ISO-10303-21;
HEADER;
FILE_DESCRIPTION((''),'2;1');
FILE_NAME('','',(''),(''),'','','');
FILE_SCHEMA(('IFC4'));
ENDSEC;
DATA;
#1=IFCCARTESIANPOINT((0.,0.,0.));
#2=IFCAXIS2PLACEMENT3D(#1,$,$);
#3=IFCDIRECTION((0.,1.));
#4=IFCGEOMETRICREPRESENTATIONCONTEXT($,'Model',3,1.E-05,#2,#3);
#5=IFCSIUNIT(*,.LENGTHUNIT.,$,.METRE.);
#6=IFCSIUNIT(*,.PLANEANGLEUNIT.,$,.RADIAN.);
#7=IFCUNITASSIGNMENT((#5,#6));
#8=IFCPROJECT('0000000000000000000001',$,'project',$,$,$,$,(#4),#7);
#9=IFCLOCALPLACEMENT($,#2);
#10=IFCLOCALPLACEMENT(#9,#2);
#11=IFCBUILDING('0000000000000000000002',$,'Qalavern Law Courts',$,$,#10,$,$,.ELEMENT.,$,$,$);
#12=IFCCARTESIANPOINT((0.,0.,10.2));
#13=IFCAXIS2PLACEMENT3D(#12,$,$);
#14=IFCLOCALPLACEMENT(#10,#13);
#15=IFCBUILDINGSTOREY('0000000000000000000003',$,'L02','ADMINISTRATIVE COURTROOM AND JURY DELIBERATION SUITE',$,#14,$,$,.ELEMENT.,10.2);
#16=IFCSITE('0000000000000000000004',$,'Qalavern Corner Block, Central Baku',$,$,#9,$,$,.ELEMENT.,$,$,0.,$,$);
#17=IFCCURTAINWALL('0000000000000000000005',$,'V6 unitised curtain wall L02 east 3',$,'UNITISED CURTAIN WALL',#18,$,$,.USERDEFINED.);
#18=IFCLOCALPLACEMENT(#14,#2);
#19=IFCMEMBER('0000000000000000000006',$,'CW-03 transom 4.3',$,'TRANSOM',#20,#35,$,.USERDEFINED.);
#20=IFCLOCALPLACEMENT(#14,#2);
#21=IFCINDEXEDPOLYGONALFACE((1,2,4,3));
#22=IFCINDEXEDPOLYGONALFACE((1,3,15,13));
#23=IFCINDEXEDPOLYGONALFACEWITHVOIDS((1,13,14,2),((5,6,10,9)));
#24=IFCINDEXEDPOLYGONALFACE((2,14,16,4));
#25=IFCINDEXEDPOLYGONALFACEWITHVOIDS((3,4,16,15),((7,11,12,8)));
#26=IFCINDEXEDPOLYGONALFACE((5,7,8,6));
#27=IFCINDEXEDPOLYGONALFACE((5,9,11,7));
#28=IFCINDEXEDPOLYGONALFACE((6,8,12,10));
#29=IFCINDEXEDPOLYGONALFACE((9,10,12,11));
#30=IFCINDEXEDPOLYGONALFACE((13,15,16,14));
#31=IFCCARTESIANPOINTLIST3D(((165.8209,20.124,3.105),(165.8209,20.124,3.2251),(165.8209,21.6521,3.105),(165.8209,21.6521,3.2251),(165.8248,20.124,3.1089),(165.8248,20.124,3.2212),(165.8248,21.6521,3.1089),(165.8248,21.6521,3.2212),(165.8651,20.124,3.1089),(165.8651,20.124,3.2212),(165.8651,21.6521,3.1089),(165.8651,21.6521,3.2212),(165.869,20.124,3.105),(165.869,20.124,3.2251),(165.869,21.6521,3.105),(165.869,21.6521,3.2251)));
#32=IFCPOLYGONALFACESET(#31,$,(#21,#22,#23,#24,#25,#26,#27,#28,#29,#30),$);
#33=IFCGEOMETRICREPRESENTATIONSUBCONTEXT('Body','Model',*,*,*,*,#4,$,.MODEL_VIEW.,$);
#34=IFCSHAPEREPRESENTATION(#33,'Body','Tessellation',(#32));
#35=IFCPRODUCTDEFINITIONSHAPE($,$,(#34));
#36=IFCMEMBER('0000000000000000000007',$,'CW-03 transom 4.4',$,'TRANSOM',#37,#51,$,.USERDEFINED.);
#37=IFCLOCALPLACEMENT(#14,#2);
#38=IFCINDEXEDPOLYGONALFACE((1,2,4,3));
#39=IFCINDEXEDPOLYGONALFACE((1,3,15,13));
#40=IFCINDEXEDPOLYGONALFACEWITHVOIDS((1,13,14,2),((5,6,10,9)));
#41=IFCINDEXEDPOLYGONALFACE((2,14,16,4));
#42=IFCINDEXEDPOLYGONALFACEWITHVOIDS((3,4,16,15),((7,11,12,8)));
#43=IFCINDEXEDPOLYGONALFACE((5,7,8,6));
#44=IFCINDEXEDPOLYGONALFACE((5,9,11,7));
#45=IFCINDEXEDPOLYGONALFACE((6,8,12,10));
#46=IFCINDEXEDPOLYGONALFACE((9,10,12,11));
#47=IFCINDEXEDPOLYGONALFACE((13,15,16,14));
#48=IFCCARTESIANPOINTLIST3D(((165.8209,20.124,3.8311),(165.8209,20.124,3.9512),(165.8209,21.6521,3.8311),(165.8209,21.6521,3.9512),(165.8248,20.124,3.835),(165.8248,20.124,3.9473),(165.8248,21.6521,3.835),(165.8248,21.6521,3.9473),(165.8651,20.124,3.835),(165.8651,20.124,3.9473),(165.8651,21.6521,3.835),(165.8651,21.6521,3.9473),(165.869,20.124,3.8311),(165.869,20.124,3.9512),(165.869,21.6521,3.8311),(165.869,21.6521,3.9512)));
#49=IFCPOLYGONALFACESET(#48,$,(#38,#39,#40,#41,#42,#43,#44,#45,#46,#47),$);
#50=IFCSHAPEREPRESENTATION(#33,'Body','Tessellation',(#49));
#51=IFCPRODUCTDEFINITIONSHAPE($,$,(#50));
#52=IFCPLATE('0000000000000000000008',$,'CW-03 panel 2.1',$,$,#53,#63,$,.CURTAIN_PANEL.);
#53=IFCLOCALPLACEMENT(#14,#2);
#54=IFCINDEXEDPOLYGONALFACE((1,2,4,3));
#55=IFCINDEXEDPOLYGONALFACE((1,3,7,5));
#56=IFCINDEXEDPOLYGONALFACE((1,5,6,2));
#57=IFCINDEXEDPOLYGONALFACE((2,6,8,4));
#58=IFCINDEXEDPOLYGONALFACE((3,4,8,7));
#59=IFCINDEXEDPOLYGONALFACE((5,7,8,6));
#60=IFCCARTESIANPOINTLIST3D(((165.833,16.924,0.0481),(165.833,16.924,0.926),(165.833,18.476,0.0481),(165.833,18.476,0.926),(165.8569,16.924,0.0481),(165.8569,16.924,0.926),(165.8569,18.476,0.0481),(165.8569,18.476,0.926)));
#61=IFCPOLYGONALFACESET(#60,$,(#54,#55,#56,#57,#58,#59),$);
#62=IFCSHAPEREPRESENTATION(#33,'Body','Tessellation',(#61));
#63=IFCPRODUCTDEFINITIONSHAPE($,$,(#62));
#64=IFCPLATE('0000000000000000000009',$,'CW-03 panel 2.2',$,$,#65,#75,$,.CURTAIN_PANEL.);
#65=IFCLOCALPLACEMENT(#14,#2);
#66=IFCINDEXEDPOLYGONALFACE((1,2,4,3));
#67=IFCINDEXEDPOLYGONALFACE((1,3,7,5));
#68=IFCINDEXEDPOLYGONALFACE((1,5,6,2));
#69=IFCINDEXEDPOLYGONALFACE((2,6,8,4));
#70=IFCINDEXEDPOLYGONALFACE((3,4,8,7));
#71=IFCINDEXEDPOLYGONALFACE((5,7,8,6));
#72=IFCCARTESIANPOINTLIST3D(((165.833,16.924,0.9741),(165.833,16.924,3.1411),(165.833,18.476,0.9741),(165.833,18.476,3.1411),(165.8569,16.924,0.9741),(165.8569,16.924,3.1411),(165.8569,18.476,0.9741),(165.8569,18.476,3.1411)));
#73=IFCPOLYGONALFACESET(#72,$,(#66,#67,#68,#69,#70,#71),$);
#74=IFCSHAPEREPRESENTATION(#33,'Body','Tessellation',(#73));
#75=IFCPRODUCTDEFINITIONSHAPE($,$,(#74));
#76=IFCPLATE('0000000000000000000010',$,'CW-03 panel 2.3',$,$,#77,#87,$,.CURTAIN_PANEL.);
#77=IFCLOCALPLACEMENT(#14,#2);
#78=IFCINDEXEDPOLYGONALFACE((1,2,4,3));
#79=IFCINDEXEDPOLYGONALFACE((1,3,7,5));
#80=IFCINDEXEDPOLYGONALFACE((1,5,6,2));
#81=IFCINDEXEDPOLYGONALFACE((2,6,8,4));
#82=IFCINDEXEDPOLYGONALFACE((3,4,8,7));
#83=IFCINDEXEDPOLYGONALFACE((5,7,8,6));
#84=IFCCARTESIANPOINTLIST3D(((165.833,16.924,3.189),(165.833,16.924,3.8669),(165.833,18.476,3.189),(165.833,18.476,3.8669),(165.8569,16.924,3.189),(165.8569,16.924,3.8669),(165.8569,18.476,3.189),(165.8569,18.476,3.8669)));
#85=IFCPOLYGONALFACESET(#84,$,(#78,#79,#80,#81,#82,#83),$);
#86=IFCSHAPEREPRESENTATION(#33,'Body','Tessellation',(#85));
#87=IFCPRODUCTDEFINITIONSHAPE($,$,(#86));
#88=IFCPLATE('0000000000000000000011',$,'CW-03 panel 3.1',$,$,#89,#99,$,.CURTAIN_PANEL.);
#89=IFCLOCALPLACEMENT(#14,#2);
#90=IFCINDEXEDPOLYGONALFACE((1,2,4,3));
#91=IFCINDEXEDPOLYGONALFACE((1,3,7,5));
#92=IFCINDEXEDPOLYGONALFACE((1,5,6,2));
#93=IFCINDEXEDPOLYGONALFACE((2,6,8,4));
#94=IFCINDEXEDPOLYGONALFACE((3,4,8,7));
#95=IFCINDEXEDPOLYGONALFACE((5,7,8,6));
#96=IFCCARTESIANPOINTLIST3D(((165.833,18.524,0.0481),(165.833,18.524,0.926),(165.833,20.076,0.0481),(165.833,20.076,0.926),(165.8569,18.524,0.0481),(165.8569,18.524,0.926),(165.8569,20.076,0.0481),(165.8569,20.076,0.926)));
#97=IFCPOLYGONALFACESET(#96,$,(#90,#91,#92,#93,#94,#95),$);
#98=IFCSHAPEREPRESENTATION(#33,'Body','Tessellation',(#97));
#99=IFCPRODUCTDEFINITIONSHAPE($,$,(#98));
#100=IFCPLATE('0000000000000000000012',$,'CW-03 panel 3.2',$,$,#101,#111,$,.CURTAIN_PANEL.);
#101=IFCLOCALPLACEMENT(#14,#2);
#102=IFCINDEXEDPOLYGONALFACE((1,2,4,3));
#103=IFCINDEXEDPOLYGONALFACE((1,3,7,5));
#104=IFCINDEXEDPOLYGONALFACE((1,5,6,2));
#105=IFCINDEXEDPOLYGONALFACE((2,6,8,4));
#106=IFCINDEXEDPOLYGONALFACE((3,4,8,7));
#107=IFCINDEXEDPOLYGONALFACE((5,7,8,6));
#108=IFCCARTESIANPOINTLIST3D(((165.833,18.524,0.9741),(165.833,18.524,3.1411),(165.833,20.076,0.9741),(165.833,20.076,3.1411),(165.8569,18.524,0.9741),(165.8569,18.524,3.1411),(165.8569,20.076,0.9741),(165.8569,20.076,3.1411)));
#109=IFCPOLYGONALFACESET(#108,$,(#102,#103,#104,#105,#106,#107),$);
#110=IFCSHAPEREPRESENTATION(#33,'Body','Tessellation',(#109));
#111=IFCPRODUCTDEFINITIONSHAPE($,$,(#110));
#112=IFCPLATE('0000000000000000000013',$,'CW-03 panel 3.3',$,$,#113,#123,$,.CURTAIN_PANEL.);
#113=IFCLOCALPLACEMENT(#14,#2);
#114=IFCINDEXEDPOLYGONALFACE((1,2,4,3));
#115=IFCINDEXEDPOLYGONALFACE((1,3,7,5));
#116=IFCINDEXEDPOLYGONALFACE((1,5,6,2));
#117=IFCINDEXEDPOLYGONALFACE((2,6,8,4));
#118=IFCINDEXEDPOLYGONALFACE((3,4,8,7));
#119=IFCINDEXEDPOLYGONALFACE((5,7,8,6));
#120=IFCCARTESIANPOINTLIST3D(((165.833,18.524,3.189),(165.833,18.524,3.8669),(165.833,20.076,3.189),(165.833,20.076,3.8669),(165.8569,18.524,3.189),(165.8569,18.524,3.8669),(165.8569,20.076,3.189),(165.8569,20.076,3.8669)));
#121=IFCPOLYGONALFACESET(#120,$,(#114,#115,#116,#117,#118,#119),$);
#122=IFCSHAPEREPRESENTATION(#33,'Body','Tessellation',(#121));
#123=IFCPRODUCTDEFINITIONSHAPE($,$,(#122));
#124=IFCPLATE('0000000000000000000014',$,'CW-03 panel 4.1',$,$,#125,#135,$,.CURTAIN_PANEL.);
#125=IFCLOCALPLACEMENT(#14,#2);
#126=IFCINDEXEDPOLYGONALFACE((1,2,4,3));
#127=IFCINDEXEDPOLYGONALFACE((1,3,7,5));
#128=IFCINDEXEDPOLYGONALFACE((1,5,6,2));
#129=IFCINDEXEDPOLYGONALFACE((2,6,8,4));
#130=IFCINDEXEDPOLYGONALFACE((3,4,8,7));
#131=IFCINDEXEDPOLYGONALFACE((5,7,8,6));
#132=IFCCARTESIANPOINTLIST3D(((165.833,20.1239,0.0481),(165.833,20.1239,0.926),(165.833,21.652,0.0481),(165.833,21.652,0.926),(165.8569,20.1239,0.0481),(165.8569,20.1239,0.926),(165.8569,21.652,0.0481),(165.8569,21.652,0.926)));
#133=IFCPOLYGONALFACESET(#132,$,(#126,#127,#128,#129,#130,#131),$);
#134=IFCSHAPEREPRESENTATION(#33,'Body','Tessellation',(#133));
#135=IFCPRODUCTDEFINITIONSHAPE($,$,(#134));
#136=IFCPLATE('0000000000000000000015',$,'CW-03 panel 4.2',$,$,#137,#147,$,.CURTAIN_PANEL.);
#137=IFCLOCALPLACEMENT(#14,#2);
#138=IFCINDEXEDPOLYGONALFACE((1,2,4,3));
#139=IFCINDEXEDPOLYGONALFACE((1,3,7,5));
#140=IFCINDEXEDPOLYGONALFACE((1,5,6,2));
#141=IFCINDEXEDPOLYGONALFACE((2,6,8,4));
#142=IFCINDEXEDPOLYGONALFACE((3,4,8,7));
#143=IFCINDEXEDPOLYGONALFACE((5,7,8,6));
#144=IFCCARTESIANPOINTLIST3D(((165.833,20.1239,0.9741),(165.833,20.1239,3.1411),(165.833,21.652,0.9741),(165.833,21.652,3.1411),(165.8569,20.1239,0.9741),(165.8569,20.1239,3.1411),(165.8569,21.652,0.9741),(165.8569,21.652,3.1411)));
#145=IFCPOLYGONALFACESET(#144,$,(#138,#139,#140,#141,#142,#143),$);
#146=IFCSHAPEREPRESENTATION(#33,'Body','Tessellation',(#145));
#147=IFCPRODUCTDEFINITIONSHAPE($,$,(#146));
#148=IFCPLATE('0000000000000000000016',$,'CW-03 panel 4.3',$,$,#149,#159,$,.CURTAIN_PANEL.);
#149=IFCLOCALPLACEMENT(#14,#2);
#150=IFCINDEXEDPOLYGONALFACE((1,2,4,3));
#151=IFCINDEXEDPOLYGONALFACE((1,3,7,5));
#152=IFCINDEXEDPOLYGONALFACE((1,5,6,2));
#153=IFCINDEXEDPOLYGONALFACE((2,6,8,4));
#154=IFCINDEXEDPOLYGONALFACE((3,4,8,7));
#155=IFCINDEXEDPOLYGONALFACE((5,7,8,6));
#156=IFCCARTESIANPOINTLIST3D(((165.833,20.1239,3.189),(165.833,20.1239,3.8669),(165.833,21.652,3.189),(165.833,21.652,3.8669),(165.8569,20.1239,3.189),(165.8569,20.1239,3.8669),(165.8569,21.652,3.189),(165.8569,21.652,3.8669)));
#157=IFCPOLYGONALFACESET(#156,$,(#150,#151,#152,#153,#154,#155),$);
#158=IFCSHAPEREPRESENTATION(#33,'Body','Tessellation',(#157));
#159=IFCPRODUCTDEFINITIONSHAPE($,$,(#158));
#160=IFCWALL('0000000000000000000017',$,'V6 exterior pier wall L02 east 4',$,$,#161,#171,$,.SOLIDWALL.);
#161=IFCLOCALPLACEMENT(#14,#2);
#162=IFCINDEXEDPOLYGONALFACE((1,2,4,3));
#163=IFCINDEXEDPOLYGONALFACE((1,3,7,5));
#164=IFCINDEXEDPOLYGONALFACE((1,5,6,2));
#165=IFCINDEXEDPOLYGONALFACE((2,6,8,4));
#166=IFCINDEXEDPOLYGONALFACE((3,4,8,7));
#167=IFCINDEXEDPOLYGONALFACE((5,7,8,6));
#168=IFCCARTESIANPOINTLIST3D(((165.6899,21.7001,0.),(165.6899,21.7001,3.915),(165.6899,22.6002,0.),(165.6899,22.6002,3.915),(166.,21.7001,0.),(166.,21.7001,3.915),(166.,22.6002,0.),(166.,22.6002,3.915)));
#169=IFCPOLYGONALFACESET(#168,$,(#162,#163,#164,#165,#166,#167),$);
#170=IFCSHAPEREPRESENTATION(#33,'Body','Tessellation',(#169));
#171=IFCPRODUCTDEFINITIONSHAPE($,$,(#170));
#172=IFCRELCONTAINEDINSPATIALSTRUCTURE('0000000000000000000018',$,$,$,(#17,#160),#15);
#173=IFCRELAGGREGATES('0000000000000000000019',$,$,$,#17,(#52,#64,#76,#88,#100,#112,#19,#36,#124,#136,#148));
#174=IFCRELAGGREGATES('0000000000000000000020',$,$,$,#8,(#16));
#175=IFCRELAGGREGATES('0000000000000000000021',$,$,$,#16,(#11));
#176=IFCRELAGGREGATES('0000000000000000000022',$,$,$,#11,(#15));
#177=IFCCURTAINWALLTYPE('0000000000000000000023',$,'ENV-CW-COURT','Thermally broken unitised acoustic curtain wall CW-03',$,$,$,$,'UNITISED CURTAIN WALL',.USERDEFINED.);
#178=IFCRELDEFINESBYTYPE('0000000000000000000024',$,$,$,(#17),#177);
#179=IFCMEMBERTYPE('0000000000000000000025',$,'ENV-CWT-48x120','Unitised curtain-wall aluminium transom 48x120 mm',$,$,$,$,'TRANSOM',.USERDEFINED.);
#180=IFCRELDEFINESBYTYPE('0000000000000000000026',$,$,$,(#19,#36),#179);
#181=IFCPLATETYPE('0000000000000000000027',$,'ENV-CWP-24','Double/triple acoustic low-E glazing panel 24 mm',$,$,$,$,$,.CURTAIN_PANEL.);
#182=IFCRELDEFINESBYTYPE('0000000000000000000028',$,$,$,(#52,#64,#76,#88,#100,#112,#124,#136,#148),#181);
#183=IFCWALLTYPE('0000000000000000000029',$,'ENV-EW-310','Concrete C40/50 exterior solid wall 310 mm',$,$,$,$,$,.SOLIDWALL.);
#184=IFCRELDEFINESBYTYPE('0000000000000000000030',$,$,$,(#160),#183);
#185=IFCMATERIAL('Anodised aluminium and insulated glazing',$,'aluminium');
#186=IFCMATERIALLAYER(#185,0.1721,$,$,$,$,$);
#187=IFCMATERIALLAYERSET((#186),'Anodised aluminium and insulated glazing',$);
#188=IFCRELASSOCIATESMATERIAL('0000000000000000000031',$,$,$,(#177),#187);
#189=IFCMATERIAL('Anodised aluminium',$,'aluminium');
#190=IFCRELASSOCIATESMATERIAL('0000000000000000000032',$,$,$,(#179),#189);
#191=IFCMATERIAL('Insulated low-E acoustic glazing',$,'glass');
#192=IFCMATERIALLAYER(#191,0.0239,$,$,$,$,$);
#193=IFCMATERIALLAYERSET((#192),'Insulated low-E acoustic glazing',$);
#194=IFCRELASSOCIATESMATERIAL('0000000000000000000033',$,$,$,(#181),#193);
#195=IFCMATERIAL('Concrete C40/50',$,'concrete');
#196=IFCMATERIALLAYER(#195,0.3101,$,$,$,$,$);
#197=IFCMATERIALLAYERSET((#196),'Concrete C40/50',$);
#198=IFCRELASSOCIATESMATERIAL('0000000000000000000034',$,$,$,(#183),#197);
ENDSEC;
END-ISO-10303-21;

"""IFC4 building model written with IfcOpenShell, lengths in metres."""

from ifc_helpers import new_model, si_unit, direction, frame, frame_2d, origin, origin_2d, place, context, subcontext, project, spatial, rectangle, hollow_rectangle, extrude, material, layer, layer_set, material_profile, profile_set, type_object, element, aggregate, save


model = new_model("IFC4")

# Units and contexts
model_context = context("Model", 3, precision=1e-05, world=origin(), true_north=direction((0.0, 1.0)))
body_context = subcontext(model_context, "Body", "Model", "MODEL_VIEW")
ifc_project = project(units=[si_unit("LENGTHUNIT", "METRE"), si_unit("PLANEANGLEUNIT", "RADIAN")], contexts=[model_context])

# Site, building, storey
site_placement = place(None, origin())
site = spatial("IfcSite", under=ifc_project, at=site_placement, Name="Qalavern Corner Block, Central Baku", CompositionType="ELEMENT", RefElevation=0.0)
building_placement = place(site_placement, origin())
building = spatial("IfcBuilding", under=site, at=building_placement, Name="Qalavern Law Courts", CompositionType="ELEMENT")
storey_placement = place(building_placement, frame((0.0, 0.0, 10.2)))
storey = spatial("IfcBuildingStorey", under=building, at=storey_placement, Name="L02", Description="ADMINISTRATIVE COURTROOM AND JURY DELIBERATION SUITE", CompositionType="ELEMENT", Elevation=10.2)

# Curtain wall, members, plates
ifc_material_1 = material(Name="Anodised aluminium and insulated glazing", Category="aluminium")
ifc_layer_1 = layer(ifc_material_1, 0.1721)
ifc_layer_set_1 = layer_set([ifc_layer_1], Name="Anodised aluminium and insulated glazing")
curtain_wall_type = type_object("IfcCurtainWallType", Name="ENV-CW-COURT", Description="Thermally broken unitised acoustic curtain wall CW-03", ElementType="UNITISED CURTAIN WALL", PredefinedType="USERDEFINED", material=ifc_layer_set_1)
curtain_wall_placement = place(storey_placement, origin())
curtain_wall = element("IfcCurtainWall", 1, at=curtain_wall_placement, inside=storey, type_object=curtain_wall_type, Name="V6 unitised curtain wall L02 east 3", ObjectType="UNITISED CURTAIN WALL", PredefinedType="USERDEFINED")
ifc_material_2 = material(Name="Anodised aluminium", Category="aluminium")
ifc_material_profile_1 = material_profile(ifc_material_2, hollow_rectangle(XDim=0.0481, YDim=0.1201, WallThickness=0.0039, at=origin_2d()), Name="ALU TRANSOM 48x120")
ifc_profile_set_1 = profile_set([ifc_material_profile_1], Name="Anodised aluminium")
member_type_1 = type_object("IfcMemberType", Name="ENV-CWT-48x120", Description="Unitised curtain-wall aluminium transom 48x120 mm", ElementType="TRANSOM", PredefinedType="USERDEFINED", material=ifc_profile_set_1)
member_1_placement = place(storey_placement, frame((165.845, 20.124, 3.165), z_axis=(0.0, 1.0, 0.0), x_axis=(-1.0, 0.0, 0.0)))
member_1 = element("IfcMember", 2, at=member_1_placement, type_object=member_type_1, Name="CW-03 transom 4.3", ObjectType="TRANSOM", PredefinedType="USERDEFINED", context=body_context, shape_type="SweptSolid", body=[
    extrude(hollow_rectangle(XDim=0.0481, YDim=0.1201, WallThickness=0.0039, at=origin_2d()), origin(), (0.0, 0.0, 1.0), 1.5281),
])
member_2_placement = place(storey_placement, frame((165.845, 20.124, 3.8911), z_axis=(0.0, 1.0, 0.0), x_axis=(-1.0, 0.0, 0.0)))
member_2 = element("IfcMember", 3, at=member_2_placement, type_object=member_type_1, Name="CW-03 transom 4.4", ObjectType="TRANSOM", PredefinedType="USERDEFINED", context=body_context, shape_type="SweptSolid", body=[
    extrude(hollow_rectangle(XDim=0.0481, YDim=0.1201, WallThickness=0.0039, at=origin_2d()), origin(), (0.0, 0.0, 1.0), 1.5281),
])
ifc_material_3 = material(Name="Insulated low-E acoustic glazing", Category="glass")
ifc_layer_2 = layer(ifc_material_3, 0.0239)
ifc_layer_set_2 = layer_set([ifc_layer_2], Name="Insulated low-E acoustic glazing")
plate_type = type_object("IfcPlateType", Name="ENV-CWP-24", Description="Double/triple acoustic low-E glazing panel 24 mm", PredefinedType="CURTAIN_PANEL", material=ifc_layer_set_2)
plate_1_placement = place(storey_placement, frame((165.845, 17.7, 0.0481), z_axis=(0.0, 0.0, 1.0), x_axis=(0.0, 1.0, 0.0)))
plate_1 = element("IfcPlate", 4, at=plate_1_placement, type_object=plate_type, Name="CW-03 panel 2.1", PredefinedType="CURTAIN_PANEL", context=body_context, shape_type="SweptSolid", body=[
    extrude(rectangle(XDim=1.552, YDim=0.0239, at=origin_2d()), origin(), (0.0, 0.0, 1.0), 0.8779),
])
plate_2_placement = place(storey_placement, frame((165.845, 17.7, 0.9741), z_axis=(0.0, 0.0, 1.0), x_axis=(0.0, 1.0, 0.0)))
plate_2 = element("IfcPlate", 5, at=plate_2_placement, type_object=plate_type, Name="CW-03 panel 2.2", PredefinedType="CURTAIN_PANEL", context=body_context, shape_type="SweptSolid", body=[
    extrude(rectangle(XDim=1.552, YDim=0.0239, at=origin_2d()), origin(), (0.0, 0.0, 1.0), 2.167),
])
plate_3_placement = place(storey_placement, frame((165.845, 17.7, 3.189), z_axis=(0.0, 0.0, 1.0), x_axis=(0.0, 1.0, 0.0)))
plate_3 = element("IfcPlate", 6, at=plate_3_placement, type_object=plate_type, Name="CW-03 panel 2.3", PredefinedType="CURTAIN_PANEL", context=body_context, shape_type="SweptSolid", body=[
    extrude(rectangle(XDim=1.552, YDim=0.0239, at=origin_2d()), origin(), (0.0, 0.0, 1.0), 0.678),
])
plate_4_placement = place(storey_placement, frame((165.845, 19.3, 0.0481), z_axis=(0.0, 0.0, 1.0), x_axis=(0.0, 1.0, 0.0)))
plate_4 = element("IfcPlate", 7, at=plate_4_placement, type_object=plate_type, Name="CW-03 panel 3.1", PredefinedType="CURTAIN_PANEL", context=body_context, shape_type="SweptSolid", body=[
    extrude(rectangle(XDim=1.552, YDim=0.0239, at=origin_2d()), origin(), (0.0, 0.0, 1.0), 0.8779),
])
plate_5_placement = place(storey_placement, frame((165.845, 19.3, 0.9741), z_axis=(0.0, 0.0, 1.0), x_axis=(0.0, 1.0, 0.0)))
plate_5 = element("IfcPlate", 8, at=plate_5_placement, type_object=plate_type, Name="CW-03 panel 3.2", PredefinedType="CURTAIN_PANEL", context=body_context, shape_type="SweptSolid", body=[
    extrude(rectangle(XDim=1.552, YDim=0.0239, at=origin_2d()), origin(), (0.0, 0.0, 1.0), 2.167),
])
plate_6_placement = place(storey_placement, frame((165.845, 19.3, 3.189), z_axis=(0.0, 0.0, 1.0), x_axis=(0.0, 1.0, 0.0)))
plate_6 = element("IfcPlate", 9, at=plate_6_placement, type_object=plate_type, Name="CW-03 panel 3.3", PredefinedType="CURTAIN_PANEL", context=body_context, shape_type="SweptSolid", body=[
    extrude(rectangle(XDim=1.552, YDim=0.0239, at=origin_2d()), origin(), (0.0, 0.0, 1.0), 0.678),
])
plate_7_placement = place(storey_placement, frame((165.845, 20.8879, 0.0481), z_axis=(0.0, 0.0, 1.0), x_axis=(0.0, 1.0, 0.0)))
plate_7 = element("IfcPlate", 10, at=plate_7_placement, type_object=plate_type, Name="CW-03 panel 4.1", PredefinedType="CURTAIN_PANEL", context=body_context, shape_type="SweptSolid", body=[
    extrude(rectangle(XDim=1.5281, YDim=0.0239, at=origin_2d()), origin(), (0.0, 0.0, 1.0), 0.8779),
])
plate_8_placement = place(storey_placement, frame((165.845, 20.8879, 0.9741), z_axis=(0.0, 0.0, 1.0), x_axis=(0.0, 1.0, 0.0)))
plate_8 = element("IfcPlate", 11, at=plate_8_placement, type_object=plate_type, Name="CW-03 panel 4.2", PredefinedType="CURTAIN_PANEL", context=body_context, shape_type="SweptSolid", body=[
    extrude(rectangle(XDim=1.5281, YDim=0.0239, at=origin_2d()), origin(), (0.0, 0.0, 1.0), 2.167),
])
plate_9_placement = place(storey_placement, frame((165.845, 20.8879, 3.189), z_axis=(0.0, 0.0, 1.0), x_axis=(0.0, 1.0, 0.0)))
plate_9 = element("IfcPlate", 12, at=plate_9_placement, type_object=plate_type, Name="CW-03 panel 4.3", PredefinedType="CURTAIN_PANEL", context=body_context, shape_type="SweptSolid", body=[
    extrude(rectangle(XDim=1.5281, YDim=0.0239, at=origin_2d()), origin(), (0.0, 0.0, 1.0), 0.678),
])
aggregate(curtain_wall, [plate_1, plate_2, plate_3, plate_4, plate_5, plate_6, member_1, member_2, plate_7, plate_8, plate_9])

# Wall
ifc_material_4 = material(Name="Concrete C40/50", Category="concrete")
ifc_layer_3 = layer(ifc_material_4, 0.3101)
ifc_layer_set_3 = layer_set([ifc_layer_3], Name="Concrete C40/50")
wall_type = type_object("IfcWallType", Name="ENV-EW-310", Description="Concrete C40/50 exterior solid wall 310 mm", PredefinedType="SOLIDWALL", material=ifc_layer_set_3)
wall_placement = place(storey_placement, frame((165.845, 21.7, 0.0), z_axis=(0.0, 0.0, 1.0), x_axis=(0.0, 1.0, 0.0)))
element("IfcWall", 13, at=wall_placement, inside=storey, type_object=wall_type, Name="V6 exterior pier wall L02 east 4", PredefinedType="SOLIDWALL", context=body_context, shape_type="SweptSolid", body=[
    extrude(rectangle(XDim=0.9001, YDim=0.3101, at=frame_2d((0.4502, 0.0))), origin(), (0.0, 0.0, 1.0), 3.915),
])

save(model, "model.ifc")
